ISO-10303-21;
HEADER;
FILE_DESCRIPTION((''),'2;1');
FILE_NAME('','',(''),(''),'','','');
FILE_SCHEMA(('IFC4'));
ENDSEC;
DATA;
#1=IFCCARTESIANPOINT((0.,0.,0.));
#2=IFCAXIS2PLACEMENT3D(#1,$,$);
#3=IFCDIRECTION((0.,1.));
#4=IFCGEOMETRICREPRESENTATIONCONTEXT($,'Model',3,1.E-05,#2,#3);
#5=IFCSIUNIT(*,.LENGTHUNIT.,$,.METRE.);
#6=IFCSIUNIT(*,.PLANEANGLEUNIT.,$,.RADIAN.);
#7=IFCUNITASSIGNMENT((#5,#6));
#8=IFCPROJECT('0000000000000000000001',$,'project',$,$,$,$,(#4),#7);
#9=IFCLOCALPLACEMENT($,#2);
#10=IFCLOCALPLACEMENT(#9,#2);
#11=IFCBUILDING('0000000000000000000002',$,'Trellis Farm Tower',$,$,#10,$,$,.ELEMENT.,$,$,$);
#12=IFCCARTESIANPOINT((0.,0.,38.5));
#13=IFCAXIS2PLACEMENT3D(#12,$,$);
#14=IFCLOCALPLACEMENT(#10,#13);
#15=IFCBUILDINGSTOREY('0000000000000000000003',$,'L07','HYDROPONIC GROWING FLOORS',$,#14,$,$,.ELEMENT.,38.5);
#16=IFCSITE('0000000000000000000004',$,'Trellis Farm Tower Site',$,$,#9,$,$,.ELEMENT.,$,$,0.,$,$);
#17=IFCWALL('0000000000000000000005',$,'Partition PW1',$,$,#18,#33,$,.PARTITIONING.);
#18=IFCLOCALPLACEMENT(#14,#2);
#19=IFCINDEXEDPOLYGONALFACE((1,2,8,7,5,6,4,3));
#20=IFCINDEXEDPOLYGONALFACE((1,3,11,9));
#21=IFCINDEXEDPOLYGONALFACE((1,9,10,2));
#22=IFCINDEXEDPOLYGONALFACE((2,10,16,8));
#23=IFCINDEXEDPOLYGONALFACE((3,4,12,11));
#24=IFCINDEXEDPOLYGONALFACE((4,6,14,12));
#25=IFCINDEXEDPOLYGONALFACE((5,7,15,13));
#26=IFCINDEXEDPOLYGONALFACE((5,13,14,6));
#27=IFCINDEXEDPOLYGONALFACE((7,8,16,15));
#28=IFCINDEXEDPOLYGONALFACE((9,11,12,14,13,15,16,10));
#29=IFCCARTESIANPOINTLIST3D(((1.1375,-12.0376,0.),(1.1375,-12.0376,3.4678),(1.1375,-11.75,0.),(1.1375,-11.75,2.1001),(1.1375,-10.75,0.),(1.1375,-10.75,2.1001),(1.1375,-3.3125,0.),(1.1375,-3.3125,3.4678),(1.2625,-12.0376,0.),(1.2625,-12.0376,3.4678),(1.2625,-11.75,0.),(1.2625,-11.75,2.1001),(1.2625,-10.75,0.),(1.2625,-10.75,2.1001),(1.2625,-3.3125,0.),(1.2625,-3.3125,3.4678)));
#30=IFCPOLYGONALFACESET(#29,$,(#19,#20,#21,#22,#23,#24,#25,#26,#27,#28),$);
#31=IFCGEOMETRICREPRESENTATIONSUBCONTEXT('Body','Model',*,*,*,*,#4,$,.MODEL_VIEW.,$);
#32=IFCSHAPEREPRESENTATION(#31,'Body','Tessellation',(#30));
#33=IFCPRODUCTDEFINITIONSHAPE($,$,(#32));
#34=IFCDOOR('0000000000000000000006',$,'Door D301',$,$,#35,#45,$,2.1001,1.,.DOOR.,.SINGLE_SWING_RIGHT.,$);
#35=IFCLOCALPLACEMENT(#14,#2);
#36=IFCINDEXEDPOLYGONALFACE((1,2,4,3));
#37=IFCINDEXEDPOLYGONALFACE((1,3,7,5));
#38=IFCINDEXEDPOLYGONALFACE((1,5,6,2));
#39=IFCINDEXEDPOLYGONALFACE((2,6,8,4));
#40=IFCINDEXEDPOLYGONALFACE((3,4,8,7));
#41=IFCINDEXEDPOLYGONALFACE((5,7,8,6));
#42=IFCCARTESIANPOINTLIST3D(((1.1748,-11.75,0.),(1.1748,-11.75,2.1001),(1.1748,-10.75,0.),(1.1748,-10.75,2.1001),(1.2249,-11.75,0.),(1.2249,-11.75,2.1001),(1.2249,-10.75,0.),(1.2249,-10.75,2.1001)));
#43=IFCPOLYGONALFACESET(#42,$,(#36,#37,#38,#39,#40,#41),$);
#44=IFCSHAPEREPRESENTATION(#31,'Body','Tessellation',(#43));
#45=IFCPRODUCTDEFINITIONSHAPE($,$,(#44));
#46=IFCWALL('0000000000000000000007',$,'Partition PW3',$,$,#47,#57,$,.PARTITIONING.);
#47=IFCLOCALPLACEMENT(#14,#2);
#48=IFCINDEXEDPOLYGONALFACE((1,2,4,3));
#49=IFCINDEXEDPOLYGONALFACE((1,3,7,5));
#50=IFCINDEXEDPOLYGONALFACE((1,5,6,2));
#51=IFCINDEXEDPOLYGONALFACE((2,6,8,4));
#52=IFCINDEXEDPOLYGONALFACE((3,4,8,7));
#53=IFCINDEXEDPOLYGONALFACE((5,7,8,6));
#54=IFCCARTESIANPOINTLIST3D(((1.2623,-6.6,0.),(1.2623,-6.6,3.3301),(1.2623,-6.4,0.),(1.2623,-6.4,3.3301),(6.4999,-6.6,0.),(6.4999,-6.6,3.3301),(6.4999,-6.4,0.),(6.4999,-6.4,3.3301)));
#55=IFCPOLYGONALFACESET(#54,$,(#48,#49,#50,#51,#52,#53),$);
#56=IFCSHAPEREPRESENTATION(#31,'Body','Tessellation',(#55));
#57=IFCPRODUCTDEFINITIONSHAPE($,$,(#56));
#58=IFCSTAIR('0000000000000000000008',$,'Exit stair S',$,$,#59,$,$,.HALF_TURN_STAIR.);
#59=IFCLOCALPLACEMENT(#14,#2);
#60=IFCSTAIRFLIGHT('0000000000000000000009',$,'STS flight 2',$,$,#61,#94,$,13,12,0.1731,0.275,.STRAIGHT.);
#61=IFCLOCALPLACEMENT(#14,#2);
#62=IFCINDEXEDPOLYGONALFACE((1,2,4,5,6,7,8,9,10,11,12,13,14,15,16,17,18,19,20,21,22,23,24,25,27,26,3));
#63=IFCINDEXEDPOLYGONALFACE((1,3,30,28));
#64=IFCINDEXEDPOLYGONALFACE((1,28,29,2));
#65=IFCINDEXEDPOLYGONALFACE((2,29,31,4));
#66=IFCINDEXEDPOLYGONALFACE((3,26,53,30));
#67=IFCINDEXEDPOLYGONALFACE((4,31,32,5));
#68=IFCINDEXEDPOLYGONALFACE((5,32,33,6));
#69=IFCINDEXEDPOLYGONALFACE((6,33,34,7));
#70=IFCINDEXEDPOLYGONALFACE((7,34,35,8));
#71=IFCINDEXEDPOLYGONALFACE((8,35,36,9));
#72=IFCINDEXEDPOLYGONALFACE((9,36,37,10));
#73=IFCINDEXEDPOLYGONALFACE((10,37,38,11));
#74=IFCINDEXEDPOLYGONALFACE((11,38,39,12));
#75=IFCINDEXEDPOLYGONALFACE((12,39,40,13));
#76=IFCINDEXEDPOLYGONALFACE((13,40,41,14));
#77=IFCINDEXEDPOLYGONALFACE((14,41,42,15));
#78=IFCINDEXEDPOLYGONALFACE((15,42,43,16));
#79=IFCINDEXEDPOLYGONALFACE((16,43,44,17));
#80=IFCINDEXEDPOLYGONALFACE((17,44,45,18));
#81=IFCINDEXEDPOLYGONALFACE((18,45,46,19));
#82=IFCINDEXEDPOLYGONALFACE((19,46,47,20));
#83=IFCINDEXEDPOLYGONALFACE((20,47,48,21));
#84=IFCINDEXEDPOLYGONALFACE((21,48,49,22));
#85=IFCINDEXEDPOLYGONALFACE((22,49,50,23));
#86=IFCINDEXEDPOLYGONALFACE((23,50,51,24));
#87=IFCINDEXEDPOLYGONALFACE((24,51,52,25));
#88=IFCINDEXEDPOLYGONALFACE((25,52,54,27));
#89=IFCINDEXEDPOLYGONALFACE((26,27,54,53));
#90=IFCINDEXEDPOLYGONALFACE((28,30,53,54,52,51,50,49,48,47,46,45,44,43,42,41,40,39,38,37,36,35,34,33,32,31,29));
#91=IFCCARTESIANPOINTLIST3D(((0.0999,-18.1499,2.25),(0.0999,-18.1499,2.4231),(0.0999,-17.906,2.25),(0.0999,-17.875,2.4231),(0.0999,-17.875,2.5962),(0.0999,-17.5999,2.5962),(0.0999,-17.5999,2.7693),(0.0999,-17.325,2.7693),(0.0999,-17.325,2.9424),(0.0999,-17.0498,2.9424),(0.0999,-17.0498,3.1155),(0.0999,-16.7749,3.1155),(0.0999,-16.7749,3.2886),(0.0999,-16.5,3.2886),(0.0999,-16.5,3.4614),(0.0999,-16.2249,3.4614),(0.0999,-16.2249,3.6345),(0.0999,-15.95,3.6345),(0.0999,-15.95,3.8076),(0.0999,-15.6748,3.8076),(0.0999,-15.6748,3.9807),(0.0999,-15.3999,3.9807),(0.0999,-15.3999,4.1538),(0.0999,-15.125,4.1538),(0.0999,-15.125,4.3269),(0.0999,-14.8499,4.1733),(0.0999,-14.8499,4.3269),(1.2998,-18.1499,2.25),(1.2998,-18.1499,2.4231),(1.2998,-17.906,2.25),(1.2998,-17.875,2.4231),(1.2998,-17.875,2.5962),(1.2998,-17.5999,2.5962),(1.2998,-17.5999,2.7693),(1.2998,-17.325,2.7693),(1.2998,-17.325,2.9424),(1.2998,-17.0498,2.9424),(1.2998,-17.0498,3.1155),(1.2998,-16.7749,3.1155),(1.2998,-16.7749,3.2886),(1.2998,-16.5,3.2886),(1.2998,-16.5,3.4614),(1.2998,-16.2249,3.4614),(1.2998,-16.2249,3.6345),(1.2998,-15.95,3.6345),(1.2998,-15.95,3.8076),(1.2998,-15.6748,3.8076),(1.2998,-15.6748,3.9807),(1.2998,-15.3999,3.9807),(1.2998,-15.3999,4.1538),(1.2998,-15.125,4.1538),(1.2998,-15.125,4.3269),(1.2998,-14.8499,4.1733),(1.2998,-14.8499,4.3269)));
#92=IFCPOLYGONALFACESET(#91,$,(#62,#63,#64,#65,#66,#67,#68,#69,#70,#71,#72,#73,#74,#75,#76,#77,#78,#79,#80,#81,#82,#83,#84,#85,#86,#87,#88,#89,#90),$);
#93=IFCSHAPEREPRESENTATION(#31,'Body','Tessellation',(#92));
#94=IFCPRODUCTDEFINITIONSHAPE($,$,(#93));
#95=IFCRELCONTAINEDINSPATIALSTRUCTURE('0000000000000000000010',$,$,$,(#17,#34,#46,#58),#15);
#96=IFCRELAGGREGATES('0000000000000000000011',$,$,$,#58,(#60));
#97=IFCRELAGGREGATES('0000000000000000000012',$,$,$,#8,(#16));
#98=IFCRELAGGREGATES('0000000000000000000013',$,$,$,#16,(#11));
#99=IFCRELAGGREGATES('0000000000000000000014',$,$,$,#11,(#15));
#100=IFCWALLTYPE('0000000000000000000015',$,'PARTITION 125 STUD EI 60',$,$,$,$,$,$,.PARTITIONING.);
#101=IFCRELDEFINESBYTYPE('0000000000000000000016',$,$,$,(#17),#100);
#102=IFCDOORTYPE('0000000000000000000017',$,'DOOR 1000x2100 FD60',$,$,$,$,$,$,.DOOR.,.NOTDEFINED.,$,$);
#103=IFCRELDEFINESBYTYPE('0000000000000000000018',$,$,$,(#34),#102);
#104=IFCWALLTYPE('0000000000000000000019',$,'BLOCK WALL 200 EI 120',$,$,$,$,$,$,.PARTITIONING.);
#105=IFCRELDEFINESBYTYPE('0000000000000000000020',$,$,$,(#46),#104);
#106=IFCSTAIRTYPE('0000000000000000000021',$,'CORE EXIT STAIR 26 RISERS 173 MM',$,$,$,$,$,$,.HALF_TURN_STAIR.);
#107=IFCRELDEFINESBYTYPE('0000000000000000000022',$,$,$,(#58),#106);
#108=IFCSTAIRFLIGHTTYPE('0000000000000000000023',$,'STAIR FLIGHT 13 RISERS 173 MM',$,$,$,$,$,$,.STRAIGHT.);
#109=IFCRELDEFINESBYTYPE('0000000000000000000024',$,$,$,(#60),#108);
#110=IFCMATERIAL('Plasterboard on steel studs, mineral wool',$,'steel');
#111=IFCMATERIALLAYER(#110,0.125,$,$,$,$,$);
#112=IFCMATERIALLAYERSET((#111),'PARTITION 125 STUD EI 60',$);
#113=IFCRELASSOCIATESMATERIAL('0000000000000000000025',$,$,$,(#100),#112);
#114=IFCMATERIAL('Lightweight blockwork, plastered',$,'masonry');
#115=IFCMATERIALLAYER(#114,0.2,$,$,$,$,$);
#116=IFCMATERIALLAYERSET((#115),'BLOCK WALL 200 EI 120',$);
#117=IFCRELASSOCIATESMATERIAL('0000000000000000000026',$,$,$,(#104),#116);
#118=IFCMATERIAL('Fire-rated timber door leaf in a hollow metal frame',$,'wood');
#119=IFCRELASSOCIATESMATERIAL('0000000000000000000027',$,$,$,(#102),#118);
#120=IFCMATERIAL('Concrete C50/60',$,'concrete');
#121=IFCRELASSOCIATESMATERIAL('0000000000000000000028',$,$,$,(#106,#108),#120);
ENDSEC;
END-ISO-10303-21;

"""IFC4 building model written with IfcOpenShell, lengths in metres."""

from ifc_helpers import new_model, si_unit, direction, frame, frame_2d, origin, place, context, subcontext, project, spatial, polyline, rectangle, outline, extrude, source, transform, mapped, material, layer, layer_set, type_object, element, fill, aggregate, save


model = new_model("IFC4")

# Units and contexts
model_context = context("Model", 3, precision=1e-05, world=origin(), true_north=direction((0.0, 1.0)))
body_context = subcontext(model_context, "Body", "Model", "MODEL_VIEW")
ifc_project = project(units=[si_unit("LENGTHUNIT", "METRE"), si_unit("PLANEANGLEUNIT", "RADIAN")], contexts=[model_context])

# Site, building, storey
site_placement = place(None, origin())
site = spatial("IfcSite", under=ifc_project, at=site_placement, Name="Trellis Farm Tower Site", CompositionType="ELEMENT", RefElevation=0.0)
building_placement = place(site_placement, origin())
building = spatial("IfcBuilding", under=site, at=building_placement, Name="Trellis Farm Tower", CompositionType="ELEMENT")
storey_placement = place(building_placement, frame((0.0, 0.0, 38.5)))
storey = spatial("IfcBuildingStorey", under=building, at=storey_placement, Name="L07", Description="HYDROPONIC GROWING FLOORS", CompositionType="ELEMENT", Elevation=38.5)

# Shared definitions
placement = place(storey_placement, origin())

# Shared definitions
ifc_material_1 = material(Name="Plasterboard on steel studs, mineral wool", Category="steel")
ifc_layer_1 = layer(ifc_material_1, 0.125)
ifc_layer_set_1 = layer_set([ifc_layer_1], Name="PARTITION 125 STUD EI 60")
wall_type_1 = type_object("IfcWallType", Name="PARTITION 125 STUD EI 60", PredefinedType="PARTITIONING", material=ifc_layer_set_1)
shared_shape_1 = source(origin(), body_context, "Body", "SweptSolid", [
    extrude(rectangle(XDim=1.0, YDim=2.1001, at=frame_2d((0.5, 1.05))), frame((0.0, 0.0725, 0.0), z_axis=(0.0, -1.0, 0.0), x_axis=(1.0, 0.0, 0.0)), (0.0, 0.0, 1.0), 0.145),
])
ifc_material_2 = material(Name="Fire-rated timber door leaf in a hollow metal frame", Category="wood")
shared_shape_2 = source(origin(), body_context, "Body", "SweptSolid", [
    extrude(rectangle(XDim=1.0, YDim=2.1001, at=frame_2d((0.5, 1.05))), frame((0.0, 0.0249, 0.0), z_axis=(0.0, -1.0, 0.0), x_axis=(1.0, 0.0, 0.0)), (0.0, 0.0, 1.0), 0.05),
])

# Shared definitions
ifc_material_3 = material(Name="Lightweight blockwork, plastered", Category="masonry")
ifc_layer_2 = layer(ifc_material_3, 0.2)
ifc_layer_set_2 = layer_set([ifc_layer_2], Name="BLOCK WALL 200 EI 120")
wall_type_2 = type_object("IfcWallType", Name="BLOCK WALL 200 EI 120", PredefinedType="PARTITIONING", material=ifc_layer_set_2)

# Wall, opening, door
shared_shape_3 = source(origin(), body_context, "Body", "SweptSolid", [
    extrude(rectangle(XDim=8.7251, YDim=0.125, at=frame_2d((4.3625, 0.0))), origin(), (0.0, 0.0, 1.0), 3.4678),
])
wall_1_placement = place(storey_placement, frame((1.2, -3.3125, 0.0), z_axis=(0.0, 0.0, 1.0), x_axis=(0.0, -1.0, 0.0)))
wall_1 = element("IfcWall", 1, at=wall_1_placement, inside=storey, type_object=wall_type_1, Name="Partition PW1", PredefinedType="PARTITIONING", context=body_context, shape_type="MappedRepresentation", body=[
    mapped(shared_shape_3, transform((0.0, 0.0, 0.0))),
])
opening_1_placement = place(wall_1_placement, frame((7.4375, 0.0, 0.0)))
opening_1 = element("IfcOpeningElement", 2, at=opening_1_placement, cuts=wall_1, PredefinedType="OPENING", context=body_context, shape_type="MappedRepresentation", body=[
    mapped(shared_shape_1, transform((0.0, 0.0, 0.0))),
])
door_type_1 = type_object("IfcDoorType", Name="DOOR 1000x2100 FD60", OperationType="NOTDEFINED", PredefinedType="DOOR", material=ifc_material_2)
door_1_placement = place(opening_1_placement, origin())
door_1 = element("IfcDoor", 3, at=door_1_placement, inside=storey, type_object=door_type_1, Name="Door D301", OperationType="SINGLE_SWING_RIGHT", OverallHeight=2.1001, OverallWidth=1.0, PredefinedType="DOOR", context=body_context, shape_type="MappedRepresentation", body=[
    mapped(shared_shape_2, transform((0.0, 0.0, 0.0))),
])
fill(opening_1, door_1)

# Wall
shared_shape_4 = source(origin(), body_context, "Body", "SweptSolid", [
    extrude(rectangle(XDim=5.2375, YDim=0.2, at=frame_2d((2.6187, 0.0))), origin(), (0.0, 0.0, 1.0), 3.3301),
])
wall_2_placement = place(storey_placement, frame((1.2625, -6.5, 0.0), z_axis=(0.0, 0.0, 1.0), x_axis=(1.0, 0.0, 0.0)))
element("IfcWall", 4, at=wall_2_placement, inside=storey, type_object=wall_type_2, Name="Partition PW3", PredefinedType="PARTITIONING", context=body_context, shape_type="MappedRepresentation", body=[
    mapped(shared_shape_4, transform((0.0, 0.0, 0.0))),
])

# Stair, stair flight
ifc_material_4 = material(Name="Concrete C50/60", Category="concrete")
stair_type = type_object("IfcStairType", Name="CORE EXIT STAIR 26 RISERS 173 MM", PredefinedType="HALF_TURN_STAIR", material=ifc_material_4)
stair = element("IfcStair", 5, at=placement, inside=storey, type_object=stair_type, Name="Exit stair S", PredefinedType="HALF_TURN_STAIR")
stair_flight_type = type_object("IfcStairFlightType", Name="STAIR FLIGHT 13 RISERS 173 MM", PredefinedType="STRAIGHT", material=ifc_material_4)
shared_shape_5 = source(origin(), body_context, "Body", "SweptSolid", [
    extrude(outline(polyline([(0.0, 0.0), (0.0, 0.1731), (0.2749, 0.1731), (0.2749, 0.3462), (0.55, 0.3462), (0.55, 0.5193), (0.825, 0.5193), (0.825, 0.6924), (1.1001, 0.6924), (1.1001, 0.8655), (1.375, 0.8655), (1.375, 1.0386), (1.6499, 1.0386), (1.6499, 1.2114), (1.925, 1.2114), (1.925, 1.3845), (2.2, 1.3845), (2.2, 1.5576), (2.4751, 1.5576), (2.4751, 1.7307), (2.75, 1.7307), (2.75, 1.9038), (3.0249, 1.9038), (3.0249, 2.0769), (3.3, 2.0769), (3.3, 2.25), (3.3, 1.9233), (0.2439, 0.0), (0.0, 0.0)])), frame((0.0, 0.6001, 0.0), z_axis=(0.0, -1.0, 0.0), x_axis=(1.0, 0.0, 0.0)), (0.0, 0.0, 1.0), 1.2),
])
stair_flight_placement = place(storey_placement, frame((0.7, -18.1499, 2.25), z_axis=(0.0, 0.0, 1.0), x_axis=(0.0, 1.0, 0.0)))
stair_flight = element("IfcStairFlight", 6, at=stair_flight_placement, type_object=stair_flight_type, Name="STS flight 2", NumberOfRisers=13, NumberOfTreads=12, PredefinedType="STRAIGHT", RiserHeight=0.1731, TreadLength=0.275, context=body_context, shape_type="MappedRepresentation", body=[
    mapped(shared_shape_5, transform((0.0, 0.0, 0.0))),
])
aggregate(stair, [stair_flight])

save(model, "model.ifc")
